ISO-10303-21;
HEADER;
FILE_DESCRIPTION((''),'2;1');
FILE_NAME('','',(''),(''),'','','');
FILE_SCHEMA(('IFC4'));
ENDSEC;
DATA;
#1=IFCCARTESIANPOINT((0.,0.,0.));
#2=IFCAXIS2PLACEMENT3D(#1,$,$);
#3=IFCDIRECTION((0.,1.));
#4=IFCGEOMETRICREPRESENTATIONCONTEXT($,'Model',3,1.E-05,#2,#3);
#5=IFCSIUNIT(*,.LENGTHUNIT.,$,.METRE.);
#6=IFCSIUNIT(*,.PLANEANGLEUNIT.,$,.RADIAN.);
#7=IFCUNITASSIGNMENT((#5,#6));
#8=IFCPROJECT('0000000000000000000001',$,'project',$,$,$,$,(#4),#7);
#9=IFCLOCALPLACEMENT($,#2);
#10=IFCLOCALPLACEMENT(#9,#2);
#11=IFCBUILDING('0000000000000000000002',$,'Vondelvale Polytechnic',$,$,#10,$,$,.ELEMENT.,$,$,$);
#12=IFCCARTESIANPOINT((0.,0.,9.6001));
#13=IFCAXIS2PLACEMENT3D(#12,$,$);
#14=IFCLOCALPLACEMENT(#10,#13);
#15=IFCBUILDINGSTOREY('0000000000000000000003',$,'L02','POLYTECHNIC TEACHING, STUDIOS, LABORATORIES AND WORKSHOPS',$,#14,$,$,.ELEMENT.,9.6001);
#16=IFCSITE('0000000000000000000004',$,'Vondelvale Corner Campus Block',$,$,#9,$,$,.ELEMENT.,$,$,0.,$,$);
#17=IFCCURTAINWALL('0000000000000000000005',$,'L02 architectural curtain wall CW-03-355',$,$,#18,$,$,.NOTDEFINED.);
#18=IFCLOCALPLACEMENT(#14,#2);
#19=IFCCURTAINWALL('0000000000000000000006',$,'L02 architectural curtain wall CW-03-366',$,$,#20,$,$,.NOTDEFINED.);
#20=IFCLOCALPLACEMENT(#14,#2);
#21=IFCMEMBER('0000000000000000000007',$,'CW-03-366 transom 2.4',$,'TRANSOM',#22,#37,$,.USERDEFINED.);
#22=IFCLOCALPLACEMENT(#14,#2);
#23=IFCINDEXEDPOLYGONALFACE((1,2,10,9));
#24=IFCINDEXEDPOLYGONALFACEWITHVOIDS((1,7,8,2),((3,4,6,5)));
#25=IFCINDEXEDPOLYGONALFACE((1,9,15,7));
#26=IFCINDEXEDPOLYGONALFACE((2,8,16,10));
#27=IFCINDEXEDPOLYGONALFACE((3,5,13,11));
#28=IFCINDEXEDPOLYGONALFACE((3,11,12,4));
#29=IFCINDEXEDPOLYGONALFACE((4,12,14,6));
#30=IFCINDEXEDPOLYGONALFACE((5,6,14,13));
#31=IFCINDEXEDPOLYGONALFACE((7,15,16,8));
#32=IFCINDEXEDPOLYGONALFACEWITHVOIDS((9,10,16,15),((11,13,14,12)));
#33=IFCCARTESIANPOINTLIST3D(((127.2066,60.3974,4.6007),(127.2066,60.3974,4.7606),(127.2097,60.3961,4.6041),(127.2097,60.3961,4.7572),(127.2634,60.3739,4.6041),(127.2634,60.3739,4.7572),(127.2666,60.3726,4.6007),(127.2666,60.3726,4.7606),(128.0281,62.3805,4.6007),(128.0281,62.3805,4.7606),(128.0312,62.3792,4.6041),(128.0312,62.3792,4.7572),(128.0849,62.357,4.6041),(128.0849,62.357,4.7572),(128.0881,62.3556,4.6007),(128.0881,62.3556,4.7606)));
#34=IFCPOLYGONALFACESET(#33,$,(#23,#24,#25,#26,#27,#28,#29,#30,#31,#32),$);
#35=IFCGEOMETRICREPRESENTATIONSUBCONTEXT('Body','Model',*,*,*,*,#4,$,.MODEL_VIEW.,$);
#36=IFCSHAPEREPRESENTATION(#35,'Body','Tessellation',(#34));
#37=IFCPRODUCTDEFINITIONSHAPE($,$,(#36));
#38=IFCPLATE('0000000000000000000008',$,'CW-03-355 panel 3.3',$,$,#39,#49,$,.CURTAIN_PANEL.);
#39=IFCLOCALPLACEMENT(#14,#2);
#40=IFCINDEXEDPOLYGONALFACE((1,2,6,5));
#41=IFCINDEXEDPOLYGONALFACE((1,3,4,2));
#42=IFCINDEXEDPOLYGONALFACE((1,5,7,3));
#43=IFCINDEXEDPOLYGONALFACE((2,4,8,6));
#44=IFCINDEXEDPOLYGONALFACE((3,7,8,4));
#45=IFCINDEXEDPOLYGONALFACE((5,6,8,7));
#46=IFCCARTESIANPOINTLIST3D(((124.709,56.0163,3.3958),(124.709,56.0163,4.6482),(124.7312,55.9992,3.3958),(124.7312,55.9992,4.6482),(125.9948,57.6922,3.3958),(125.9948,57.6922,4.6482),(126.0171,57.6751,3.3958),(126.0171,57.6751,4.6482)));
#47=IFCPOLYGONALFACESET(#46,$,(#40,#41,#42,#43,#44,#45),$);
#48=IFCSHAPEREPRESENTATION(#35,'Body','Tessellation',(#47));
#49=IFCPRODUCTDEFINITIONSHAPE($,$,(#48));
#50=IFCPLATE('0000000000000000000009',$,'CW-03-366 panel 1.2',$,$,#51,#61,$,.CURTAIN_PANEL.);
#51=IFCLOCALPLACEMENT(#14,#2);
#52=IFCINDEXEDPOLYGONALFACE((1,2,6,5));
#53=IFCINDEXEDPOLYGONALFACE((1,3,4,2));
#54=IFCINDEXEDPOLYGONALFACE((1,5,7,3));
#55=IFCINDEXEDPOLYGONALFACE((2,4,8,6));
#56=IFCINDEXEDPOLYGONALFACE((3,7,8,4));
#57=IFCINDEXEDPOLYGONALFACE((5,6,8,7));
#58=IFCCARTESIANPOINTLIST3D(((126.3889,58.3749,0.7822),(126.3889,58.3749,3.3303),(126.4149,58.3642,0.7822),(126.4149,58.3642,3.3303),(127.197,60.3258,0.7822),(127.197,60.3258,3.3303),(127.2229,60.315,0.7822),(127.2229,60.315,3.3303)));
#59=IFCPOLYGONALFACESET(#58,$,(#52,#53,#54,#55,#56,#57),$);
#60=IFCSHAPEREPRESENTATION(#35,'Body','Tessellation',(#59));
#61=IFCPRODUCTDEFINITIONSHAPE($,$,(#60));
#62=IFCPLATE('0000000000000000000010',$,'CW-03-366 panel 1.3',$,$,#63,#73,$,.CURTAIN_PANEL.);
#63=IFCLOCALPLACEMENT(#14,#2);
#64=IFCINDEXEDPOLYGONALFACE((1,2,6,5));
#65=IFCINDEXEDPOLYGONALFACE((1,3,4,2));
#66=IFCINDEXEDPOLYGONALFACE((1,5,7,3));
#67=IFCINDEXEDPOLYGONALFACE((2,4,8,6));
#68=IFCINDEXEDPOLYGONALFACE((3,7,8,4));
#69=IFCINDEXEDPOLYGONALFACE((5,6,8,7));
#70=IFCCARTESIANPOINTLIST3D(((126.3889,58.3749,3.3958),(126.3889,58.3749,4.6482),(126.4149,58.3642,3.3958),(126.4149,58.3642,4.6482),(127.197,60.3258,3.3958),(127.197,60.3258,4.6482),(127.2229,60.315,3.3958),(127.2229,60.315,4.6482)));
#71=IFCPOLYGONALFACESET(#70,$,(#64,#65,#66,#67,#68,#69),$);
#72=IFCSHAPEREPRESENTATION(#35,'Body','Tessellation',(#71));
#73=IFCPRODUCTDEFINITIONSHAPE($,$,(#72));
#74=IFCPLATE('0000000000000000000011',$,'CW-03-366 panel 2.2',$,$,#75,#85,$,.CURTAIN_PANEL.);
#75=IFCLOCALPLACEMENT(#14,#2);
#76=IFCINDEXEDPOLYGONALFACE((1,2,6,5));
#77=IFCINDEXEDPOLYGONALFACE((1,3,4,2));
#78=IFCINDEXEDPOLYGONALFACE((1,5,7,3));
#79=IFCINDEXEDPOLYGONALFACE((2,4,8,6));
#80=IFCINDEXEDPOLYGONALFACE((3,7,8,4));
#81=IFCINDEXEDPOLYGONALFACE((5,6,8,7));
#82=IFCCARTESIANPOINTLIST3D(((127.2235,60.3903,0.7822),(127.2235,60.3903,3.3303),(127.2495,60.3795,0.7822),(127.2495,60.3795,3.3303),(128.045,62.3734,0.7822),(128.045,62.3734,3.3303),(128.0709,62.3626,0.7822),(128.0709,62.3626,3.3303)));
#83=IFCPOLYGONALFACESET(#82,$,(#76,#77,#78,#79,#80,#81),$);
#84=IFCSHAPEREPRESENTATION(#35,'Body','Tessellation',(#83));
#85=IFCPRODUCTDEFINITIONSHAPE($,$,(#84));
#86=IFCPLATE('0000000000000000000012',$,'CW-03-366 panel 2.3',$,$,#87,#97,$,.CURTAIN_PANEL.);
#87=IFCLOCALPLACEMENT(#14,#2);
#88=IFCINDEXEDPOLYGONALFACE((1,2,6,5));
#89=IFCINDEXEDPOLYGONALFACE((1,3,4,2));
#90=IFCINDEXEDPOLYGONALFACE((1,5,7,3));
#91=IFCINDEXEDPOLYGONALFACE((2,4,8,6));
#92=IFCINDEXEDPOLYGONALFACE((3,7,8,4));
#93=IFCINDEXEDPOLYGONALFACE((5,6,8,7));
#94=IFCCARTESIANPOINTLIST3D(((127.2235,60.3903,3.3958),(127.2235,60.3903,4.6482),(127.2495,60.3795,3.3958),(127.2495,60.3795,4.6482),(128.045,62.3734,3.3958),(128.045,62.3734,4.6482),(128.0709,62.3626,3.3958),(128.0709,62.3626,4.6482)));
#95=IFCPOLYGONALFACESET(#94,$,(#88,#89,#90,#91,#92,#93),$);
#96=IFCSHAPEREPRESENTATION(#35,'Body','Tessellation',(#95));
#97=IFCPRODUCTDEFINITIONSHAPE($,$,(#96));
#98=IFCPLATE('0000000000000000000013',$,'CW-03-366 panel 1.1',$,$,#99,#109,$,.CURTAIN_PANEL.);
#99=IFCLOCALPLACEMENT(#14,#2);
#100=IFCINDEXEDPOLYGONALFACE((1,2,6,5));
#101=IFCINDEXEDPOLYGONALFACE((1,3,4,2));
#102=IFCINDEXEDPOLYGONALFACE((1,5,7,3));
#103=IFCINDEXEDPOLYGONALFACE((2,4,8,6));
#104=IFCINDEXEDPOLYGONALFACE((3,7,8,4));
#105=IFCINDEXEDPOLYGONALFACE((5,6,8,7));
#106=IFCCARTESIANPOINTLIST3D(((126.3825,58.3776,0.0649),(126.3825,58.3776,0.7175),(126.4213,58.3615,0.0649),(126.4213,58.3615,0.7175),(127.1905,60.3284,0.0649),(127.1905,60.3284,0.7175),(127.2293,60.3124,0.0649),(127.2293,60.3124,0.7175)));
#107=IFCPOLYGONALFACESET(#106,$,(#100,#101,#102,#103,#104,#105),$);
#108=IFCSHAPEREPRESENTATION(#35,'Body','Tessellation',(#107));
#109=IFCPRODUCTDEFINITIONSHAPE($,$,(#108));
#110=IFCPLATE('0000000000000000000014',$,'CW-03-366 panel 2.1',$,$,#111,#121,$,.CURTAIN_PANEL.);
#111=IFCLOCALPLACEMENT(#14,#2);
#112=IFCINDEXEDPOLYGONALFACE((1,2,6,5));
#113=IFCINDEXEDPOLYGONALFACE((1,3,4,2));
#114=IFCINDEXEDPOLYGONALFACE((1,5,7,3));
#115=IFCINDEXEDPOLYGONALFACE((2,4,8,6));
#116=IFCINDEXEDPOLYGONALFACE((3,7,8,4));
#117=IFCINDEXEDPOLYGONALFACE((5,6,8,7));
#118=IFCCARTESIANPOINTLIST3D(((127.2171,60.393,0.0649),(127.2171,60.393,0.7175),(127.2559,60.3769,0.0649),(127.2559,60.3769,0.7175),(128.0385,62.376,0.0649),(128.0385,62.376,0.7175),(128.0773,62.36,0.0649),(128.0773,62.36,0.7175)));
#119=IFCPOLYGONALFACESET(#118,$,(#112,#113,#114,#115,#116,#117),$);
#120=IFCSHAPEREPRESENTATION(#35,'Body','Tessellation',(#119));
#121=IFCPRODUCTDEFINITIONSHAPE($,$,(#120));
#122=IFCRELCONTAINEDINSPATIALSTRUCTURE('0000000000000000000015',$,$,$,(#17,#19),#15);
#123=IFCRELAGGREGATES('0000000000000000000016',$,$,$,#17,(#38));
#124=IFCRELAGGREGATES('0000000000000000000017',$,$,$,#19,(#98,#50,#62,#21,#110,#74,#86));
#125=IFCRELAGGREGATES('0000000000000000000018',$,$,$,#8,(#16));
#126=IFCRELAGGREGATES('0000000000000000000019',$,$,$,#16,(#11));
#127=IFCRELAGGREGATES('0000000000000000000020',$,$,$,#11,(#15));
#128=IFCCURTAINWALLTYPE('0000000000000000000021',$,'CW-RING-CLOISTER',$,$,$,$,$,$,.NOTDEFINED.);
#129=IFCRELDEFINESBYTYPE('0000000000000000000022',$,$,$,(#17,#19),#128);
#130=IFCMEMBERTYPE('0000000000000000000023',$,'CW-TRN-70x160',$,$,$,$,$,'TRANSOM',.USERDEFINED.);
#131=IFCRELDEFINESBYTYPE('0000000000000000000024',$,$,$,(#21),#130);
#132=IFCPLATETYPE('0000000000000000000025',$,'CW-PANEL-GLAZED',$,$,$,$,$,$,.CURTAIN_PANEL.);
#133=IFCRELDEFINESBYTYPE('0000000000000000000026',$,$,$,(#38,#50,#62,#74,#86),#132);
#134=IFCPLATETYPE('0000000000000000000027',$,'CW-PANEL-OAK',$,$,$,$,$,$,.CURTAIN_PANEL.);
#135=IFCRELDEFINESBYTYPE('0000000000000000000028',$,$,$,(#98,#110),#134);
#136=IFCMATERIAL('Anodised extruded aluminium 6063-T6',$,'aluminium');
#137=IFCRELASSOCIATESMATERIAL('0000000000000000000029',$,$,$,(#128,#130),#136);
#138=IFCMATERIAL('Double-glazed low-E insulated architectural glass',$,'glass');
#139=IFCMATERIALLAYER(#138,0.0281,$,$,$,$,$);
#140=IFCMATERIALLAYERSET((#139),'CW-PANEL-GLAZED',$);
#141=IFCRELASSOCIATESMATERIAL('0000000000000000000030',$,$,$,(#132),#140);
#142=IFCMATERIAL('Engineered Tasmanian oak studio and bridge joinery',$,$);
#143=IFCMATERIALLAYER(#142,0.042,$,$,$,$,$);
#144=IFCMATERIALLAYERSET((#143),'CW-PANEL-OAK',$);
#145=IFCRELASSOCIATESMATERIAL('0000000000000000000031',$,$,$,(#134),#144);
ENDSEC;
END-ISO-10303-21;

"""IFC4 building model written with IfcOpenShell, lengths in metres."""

from ifc_helpers import new_model, si_unit, direction, frame, origin, origin_2d, place, context, subcontext, project, spatial, rectangle, hollow_rectangle, extrude, material, layer, layer_set, material_profile, profile_set, type_object, element, aggregate, save


model = new_model("IFC4")

# Units and contexts
model_context = context("Model", 3, precision=1e-05, world=origin(), true_north=direction((0.0, 1.0)))
body_context = subcontext(model_context, "Body", "Model", "MODEL_VIEW")
ifc_project = project(units=[si_unit("LENGTHUNIT", "METRE"), si_unit("PLANEANGLEUNIT", "RADIAN")], contexts=[model_context])

# Site, building, storey
site_placement = place(None, origin())
site = spatial("IfcSite", under=ifc_project, at=site_placement, Name="Vondelvale Corner Campus Block", CompositionType="ELEMENT", RefElevation=0.0)
building_placement = place(site_placement, origin())
building = spatial("IfcBuilding", under=site, at=building_placement, Name="Vondelvale Polytechnic", CompositionType="ELEMENT")
storey_placement = place(building_placement, frame((0.0, 0.0, 9.6001)))
storey = spatial("IfcBuildingStorey", under=building, at=storey_placement, Name="L02", Description="POLYTECHNIC TEACHING, STUDIOS, LABORATORIES AND WORKSHOPS", CompositionType="ELEMENT", Elevation=9.6001)

# Curtain wall
ifc_material_1 = material(Name="Anodised extruded aluminium 6063-T6", Category="aluminium")
curtain_wall_type = type_object("IfcCurtainWallType", Name="CW-RING-CLOISTER", PredefinedType="NOTDEFINED", material=ifc_material_1)
curtain_wall_1_placement = place(storey_placement, origin())
curtain_wall_1 = element("IfcCurtainWall", 1, at=curtain_wall_1_placement, inside=storey, type_object=curtain_wall_type, Name="L02 architectural curtain wall CW-03-355", PredefinedType="NOTDEFINED")

# Curtain wall, member
curtain_wall_2_placement = place(storey_placement, origin())
curtain_wall_2 = element("IfcCurtainWall", 2, at=curtain_wall_2_placement, inside=storey, type_object=curtain_wall_type, Name="L02 architectural curtain wall CW-03-366", PredefinedType="NOTDEFINED")
ifc_material_profile_1 = material_profile(ifc_material_1, hollow_rectangle(XDim=0.0649, YDim=0.1599, WallThickness=0.0034, at=origin_2d()), Name="CW-TRN-160x65")
ifc_profile_set_1 = profile_set([ifc_material_profile_1], Name="Anodised extruded aluminium 6063-T6")
member_type_1 = type_object("IfcMemberType", Name="CW-TRN-70x160", ElementType="TRANSOM", PredefinedType="USERDEFINED", material=ifc_profile_set_1)
member_1_placement = place(storey_placement, frame((127.2366, 60.385, 4.6807), z_axis=(0.382717, 0.923866, 0.0), x_axis=(-0.923866, 0.382717, 0.0)))
member_1 = element("IfcMember", 3, at=member_1_placement, type_object=member_type_1, Name="CW-03-366 transom 2.4", ObjectType="TRANSOM", PredefinedType="USERDEFINED", context=body_context, shape_type="SweptSolid", body=[
    extrude(hollow_rectangle(XDim=0.0649, YDim=0.1599, WallThickness=0.0034, at=origin_2d()), origin(), (0.0, 0.0, 1.0), 2.1465),
])

# Plates
ifc_material_2 = material(Name="Double-glazed low-E insulated architectural glass", Category="glass")
ifc_layer_1 = layer(ifc_material_2, 0.0281)
ifc_layer_set_1 = layer_set([ifc_layer_1], Name="CW-PANEL-GLAZED")
plate_type_1 = type_object("IfcPlateType", Name="CW-PANEL-GLAZED", PredefinedType="CURTAIN_PANEL", material=ifc_layer_set_1)
plate_1_placement = place(storey_placement, frame((125.363, 56.8457, 3.3958), z_axis=(0.0, 0.0, 1.0), x_axis=(0.608748, 0.793364, 0.0)))
plate_1 = element("IfcPlate", 4, at=plate_1_placement, type_object=plate_type_1, Name="CW-03-355 panel 3.3", PredefinedType="CURTAIN_PANEL", context=body_context, shape_type="SweptSolid", body=[
    extrude(rectangle(XDim=2.1123, YDim=0.0281, at=origin_2d()), origin(), (0.0, 0.0, 1.0), 1.2524),
])
aggregate(curtain_wall_1, [plate_1])
plate_2_placement = place(storey_placement, frame((126.8059, 59.345, 0.7822), z_axis=(0.0, 0.0, 1.0), x_axis=(0.382679, 0.923882, 0.0)))
plate_2 = element("IfcPlate", 5, at=plate_2_placement, type_object=plate_type_1, Name="CW-03-366 panel 1.2", PredefinedType="CURTAIN_PANEL", context=body_context, shape_type="SweptSolid", body=[
    extrude(rectangle(XDim=2.1116, YDim=0.0281, at=origin_2d()), origin(), (0.0, 0.0, 1.0), 2.5481),
])
plate_3_placement = place(storey_placement, frame((126.8059, 59.345, 3.3958), z_axis=(0.0, 0.0, 1.0), x_axis=(0.382679, 0.923882, 0.0)))
plate_3 = element("IfcPlate", 6, at=plate_3_placement, type_object=plate_type_1, Name="CW-03-366 panel 1.3", PredefinedType="CURTAIN_PANEL", context=body_context, shape_type="SweptSolid", body=[
    extrude(rectangle(XDim=2.1116, YDim=0.0281, at=origin_2d()), origin(), (0.0, 0.0, 1.0), 1.2524),
])
plate_4_placement = place(storey_placement, frame((127.6472, 61.3765, 0.7822), z_axis=(0.0, 0.0, 1.0), x_axis=(0.382679, 0.923882, 0.0)))
plate_4 = element("IfcPlate", 7, at=plate_4_placement, type_object=plate_type_1, Name="CW-03-366 panel 2.2", PredefinedType="CURTAIN_PANEL", context=body_context, shape_type="SweptSolid", body=[
    extrude(rectangle(XDim=2.1465, YDim=0.0281, at=origin_2d()), origin(), (0.0, 0.0, 1.0), 2.5481),
])
plate_5_placement = place(storey_placement, frame((127.6472, 61.3765, 3.3958), z_axis=(0.0, 0.0, 1.0), x_axis=(0.382679, 0.923882, 0.0)))
plate_5 = element("IfcPlate", 8, at=plate_5_placement, type_object=plate_type_1, Name="CW-03-366 panel 2.3", PredefinedType="CURTAIN_PANEL", context=body_context, shape_type="SweptSolid", body=[
    extrude(rectangle(XDim=2.1465, YDim=0.0281, at=origin_2d()), origin(), (0.0, 0.0, 1.0), 1.2524),
])
ifc_material_3 = material(Name="Engineered Tasmanian oak studio and bridge joinery")
ifc_layer_2 = layer(ifc_material_3, 0.042)
ifc_layer_set_2 = layer_set([ifc_layer_2], Name="CW-PANEL-OAK")
plate_type_2 = type_object("IfcPlateType", Name="CW-PANEL-OAK", PredefinedType="CURTAIN_PANEL", material=ifc_layer_set_2)
plate_6_placement = place(storey_placement, frame((126.8059, 59.345, 0.0649), z_axis=(0.0, 0.0, 1.0), x_axis=(0.382679, 0.923882, 0.0)))
plate_6 = element("IfcPlate", 9, at=plate_6_placement, type_object=plate_type_2, Name="CW-03-366 panel 1.1", PredefinedType="CURTAIN_PANEL", context=body_context, shape_type="SweptSolid", body=[
    extrude(rectangle(XDim=2.1116, YDim=0.042, at=origin_2d()), origin(), (0.0, 0.0, 1.0), 0.6526),
])
plate_7_placement = place(storey_placement, frame((127.6472, 61.3765, 0.0649), z_axis=(0.0, 0.0, 1.0), x_axis=(0.382679, 0.923882, 0.0)))
plate_7 = element("IfcPlate", 10, at=plate_7_placement, type_object=plate_type_2, Name="CW-03-366 panel 2.1", PredefinedType="CURTAIN_PANEL", context=body_context, shape_type="SweptSolid", body=[
    extrude(rectangle(XDim=2.1465, YDim=0.042, at=origin_2d()), origin(), (0.0, 0.0, 1.0), 0.6526),
])
aggregate(curtain_wall_2, [plate_6, plate_2, plate_3, member_1, plate_7, plate_4, plate_5])

save(model, "model.ifc")
